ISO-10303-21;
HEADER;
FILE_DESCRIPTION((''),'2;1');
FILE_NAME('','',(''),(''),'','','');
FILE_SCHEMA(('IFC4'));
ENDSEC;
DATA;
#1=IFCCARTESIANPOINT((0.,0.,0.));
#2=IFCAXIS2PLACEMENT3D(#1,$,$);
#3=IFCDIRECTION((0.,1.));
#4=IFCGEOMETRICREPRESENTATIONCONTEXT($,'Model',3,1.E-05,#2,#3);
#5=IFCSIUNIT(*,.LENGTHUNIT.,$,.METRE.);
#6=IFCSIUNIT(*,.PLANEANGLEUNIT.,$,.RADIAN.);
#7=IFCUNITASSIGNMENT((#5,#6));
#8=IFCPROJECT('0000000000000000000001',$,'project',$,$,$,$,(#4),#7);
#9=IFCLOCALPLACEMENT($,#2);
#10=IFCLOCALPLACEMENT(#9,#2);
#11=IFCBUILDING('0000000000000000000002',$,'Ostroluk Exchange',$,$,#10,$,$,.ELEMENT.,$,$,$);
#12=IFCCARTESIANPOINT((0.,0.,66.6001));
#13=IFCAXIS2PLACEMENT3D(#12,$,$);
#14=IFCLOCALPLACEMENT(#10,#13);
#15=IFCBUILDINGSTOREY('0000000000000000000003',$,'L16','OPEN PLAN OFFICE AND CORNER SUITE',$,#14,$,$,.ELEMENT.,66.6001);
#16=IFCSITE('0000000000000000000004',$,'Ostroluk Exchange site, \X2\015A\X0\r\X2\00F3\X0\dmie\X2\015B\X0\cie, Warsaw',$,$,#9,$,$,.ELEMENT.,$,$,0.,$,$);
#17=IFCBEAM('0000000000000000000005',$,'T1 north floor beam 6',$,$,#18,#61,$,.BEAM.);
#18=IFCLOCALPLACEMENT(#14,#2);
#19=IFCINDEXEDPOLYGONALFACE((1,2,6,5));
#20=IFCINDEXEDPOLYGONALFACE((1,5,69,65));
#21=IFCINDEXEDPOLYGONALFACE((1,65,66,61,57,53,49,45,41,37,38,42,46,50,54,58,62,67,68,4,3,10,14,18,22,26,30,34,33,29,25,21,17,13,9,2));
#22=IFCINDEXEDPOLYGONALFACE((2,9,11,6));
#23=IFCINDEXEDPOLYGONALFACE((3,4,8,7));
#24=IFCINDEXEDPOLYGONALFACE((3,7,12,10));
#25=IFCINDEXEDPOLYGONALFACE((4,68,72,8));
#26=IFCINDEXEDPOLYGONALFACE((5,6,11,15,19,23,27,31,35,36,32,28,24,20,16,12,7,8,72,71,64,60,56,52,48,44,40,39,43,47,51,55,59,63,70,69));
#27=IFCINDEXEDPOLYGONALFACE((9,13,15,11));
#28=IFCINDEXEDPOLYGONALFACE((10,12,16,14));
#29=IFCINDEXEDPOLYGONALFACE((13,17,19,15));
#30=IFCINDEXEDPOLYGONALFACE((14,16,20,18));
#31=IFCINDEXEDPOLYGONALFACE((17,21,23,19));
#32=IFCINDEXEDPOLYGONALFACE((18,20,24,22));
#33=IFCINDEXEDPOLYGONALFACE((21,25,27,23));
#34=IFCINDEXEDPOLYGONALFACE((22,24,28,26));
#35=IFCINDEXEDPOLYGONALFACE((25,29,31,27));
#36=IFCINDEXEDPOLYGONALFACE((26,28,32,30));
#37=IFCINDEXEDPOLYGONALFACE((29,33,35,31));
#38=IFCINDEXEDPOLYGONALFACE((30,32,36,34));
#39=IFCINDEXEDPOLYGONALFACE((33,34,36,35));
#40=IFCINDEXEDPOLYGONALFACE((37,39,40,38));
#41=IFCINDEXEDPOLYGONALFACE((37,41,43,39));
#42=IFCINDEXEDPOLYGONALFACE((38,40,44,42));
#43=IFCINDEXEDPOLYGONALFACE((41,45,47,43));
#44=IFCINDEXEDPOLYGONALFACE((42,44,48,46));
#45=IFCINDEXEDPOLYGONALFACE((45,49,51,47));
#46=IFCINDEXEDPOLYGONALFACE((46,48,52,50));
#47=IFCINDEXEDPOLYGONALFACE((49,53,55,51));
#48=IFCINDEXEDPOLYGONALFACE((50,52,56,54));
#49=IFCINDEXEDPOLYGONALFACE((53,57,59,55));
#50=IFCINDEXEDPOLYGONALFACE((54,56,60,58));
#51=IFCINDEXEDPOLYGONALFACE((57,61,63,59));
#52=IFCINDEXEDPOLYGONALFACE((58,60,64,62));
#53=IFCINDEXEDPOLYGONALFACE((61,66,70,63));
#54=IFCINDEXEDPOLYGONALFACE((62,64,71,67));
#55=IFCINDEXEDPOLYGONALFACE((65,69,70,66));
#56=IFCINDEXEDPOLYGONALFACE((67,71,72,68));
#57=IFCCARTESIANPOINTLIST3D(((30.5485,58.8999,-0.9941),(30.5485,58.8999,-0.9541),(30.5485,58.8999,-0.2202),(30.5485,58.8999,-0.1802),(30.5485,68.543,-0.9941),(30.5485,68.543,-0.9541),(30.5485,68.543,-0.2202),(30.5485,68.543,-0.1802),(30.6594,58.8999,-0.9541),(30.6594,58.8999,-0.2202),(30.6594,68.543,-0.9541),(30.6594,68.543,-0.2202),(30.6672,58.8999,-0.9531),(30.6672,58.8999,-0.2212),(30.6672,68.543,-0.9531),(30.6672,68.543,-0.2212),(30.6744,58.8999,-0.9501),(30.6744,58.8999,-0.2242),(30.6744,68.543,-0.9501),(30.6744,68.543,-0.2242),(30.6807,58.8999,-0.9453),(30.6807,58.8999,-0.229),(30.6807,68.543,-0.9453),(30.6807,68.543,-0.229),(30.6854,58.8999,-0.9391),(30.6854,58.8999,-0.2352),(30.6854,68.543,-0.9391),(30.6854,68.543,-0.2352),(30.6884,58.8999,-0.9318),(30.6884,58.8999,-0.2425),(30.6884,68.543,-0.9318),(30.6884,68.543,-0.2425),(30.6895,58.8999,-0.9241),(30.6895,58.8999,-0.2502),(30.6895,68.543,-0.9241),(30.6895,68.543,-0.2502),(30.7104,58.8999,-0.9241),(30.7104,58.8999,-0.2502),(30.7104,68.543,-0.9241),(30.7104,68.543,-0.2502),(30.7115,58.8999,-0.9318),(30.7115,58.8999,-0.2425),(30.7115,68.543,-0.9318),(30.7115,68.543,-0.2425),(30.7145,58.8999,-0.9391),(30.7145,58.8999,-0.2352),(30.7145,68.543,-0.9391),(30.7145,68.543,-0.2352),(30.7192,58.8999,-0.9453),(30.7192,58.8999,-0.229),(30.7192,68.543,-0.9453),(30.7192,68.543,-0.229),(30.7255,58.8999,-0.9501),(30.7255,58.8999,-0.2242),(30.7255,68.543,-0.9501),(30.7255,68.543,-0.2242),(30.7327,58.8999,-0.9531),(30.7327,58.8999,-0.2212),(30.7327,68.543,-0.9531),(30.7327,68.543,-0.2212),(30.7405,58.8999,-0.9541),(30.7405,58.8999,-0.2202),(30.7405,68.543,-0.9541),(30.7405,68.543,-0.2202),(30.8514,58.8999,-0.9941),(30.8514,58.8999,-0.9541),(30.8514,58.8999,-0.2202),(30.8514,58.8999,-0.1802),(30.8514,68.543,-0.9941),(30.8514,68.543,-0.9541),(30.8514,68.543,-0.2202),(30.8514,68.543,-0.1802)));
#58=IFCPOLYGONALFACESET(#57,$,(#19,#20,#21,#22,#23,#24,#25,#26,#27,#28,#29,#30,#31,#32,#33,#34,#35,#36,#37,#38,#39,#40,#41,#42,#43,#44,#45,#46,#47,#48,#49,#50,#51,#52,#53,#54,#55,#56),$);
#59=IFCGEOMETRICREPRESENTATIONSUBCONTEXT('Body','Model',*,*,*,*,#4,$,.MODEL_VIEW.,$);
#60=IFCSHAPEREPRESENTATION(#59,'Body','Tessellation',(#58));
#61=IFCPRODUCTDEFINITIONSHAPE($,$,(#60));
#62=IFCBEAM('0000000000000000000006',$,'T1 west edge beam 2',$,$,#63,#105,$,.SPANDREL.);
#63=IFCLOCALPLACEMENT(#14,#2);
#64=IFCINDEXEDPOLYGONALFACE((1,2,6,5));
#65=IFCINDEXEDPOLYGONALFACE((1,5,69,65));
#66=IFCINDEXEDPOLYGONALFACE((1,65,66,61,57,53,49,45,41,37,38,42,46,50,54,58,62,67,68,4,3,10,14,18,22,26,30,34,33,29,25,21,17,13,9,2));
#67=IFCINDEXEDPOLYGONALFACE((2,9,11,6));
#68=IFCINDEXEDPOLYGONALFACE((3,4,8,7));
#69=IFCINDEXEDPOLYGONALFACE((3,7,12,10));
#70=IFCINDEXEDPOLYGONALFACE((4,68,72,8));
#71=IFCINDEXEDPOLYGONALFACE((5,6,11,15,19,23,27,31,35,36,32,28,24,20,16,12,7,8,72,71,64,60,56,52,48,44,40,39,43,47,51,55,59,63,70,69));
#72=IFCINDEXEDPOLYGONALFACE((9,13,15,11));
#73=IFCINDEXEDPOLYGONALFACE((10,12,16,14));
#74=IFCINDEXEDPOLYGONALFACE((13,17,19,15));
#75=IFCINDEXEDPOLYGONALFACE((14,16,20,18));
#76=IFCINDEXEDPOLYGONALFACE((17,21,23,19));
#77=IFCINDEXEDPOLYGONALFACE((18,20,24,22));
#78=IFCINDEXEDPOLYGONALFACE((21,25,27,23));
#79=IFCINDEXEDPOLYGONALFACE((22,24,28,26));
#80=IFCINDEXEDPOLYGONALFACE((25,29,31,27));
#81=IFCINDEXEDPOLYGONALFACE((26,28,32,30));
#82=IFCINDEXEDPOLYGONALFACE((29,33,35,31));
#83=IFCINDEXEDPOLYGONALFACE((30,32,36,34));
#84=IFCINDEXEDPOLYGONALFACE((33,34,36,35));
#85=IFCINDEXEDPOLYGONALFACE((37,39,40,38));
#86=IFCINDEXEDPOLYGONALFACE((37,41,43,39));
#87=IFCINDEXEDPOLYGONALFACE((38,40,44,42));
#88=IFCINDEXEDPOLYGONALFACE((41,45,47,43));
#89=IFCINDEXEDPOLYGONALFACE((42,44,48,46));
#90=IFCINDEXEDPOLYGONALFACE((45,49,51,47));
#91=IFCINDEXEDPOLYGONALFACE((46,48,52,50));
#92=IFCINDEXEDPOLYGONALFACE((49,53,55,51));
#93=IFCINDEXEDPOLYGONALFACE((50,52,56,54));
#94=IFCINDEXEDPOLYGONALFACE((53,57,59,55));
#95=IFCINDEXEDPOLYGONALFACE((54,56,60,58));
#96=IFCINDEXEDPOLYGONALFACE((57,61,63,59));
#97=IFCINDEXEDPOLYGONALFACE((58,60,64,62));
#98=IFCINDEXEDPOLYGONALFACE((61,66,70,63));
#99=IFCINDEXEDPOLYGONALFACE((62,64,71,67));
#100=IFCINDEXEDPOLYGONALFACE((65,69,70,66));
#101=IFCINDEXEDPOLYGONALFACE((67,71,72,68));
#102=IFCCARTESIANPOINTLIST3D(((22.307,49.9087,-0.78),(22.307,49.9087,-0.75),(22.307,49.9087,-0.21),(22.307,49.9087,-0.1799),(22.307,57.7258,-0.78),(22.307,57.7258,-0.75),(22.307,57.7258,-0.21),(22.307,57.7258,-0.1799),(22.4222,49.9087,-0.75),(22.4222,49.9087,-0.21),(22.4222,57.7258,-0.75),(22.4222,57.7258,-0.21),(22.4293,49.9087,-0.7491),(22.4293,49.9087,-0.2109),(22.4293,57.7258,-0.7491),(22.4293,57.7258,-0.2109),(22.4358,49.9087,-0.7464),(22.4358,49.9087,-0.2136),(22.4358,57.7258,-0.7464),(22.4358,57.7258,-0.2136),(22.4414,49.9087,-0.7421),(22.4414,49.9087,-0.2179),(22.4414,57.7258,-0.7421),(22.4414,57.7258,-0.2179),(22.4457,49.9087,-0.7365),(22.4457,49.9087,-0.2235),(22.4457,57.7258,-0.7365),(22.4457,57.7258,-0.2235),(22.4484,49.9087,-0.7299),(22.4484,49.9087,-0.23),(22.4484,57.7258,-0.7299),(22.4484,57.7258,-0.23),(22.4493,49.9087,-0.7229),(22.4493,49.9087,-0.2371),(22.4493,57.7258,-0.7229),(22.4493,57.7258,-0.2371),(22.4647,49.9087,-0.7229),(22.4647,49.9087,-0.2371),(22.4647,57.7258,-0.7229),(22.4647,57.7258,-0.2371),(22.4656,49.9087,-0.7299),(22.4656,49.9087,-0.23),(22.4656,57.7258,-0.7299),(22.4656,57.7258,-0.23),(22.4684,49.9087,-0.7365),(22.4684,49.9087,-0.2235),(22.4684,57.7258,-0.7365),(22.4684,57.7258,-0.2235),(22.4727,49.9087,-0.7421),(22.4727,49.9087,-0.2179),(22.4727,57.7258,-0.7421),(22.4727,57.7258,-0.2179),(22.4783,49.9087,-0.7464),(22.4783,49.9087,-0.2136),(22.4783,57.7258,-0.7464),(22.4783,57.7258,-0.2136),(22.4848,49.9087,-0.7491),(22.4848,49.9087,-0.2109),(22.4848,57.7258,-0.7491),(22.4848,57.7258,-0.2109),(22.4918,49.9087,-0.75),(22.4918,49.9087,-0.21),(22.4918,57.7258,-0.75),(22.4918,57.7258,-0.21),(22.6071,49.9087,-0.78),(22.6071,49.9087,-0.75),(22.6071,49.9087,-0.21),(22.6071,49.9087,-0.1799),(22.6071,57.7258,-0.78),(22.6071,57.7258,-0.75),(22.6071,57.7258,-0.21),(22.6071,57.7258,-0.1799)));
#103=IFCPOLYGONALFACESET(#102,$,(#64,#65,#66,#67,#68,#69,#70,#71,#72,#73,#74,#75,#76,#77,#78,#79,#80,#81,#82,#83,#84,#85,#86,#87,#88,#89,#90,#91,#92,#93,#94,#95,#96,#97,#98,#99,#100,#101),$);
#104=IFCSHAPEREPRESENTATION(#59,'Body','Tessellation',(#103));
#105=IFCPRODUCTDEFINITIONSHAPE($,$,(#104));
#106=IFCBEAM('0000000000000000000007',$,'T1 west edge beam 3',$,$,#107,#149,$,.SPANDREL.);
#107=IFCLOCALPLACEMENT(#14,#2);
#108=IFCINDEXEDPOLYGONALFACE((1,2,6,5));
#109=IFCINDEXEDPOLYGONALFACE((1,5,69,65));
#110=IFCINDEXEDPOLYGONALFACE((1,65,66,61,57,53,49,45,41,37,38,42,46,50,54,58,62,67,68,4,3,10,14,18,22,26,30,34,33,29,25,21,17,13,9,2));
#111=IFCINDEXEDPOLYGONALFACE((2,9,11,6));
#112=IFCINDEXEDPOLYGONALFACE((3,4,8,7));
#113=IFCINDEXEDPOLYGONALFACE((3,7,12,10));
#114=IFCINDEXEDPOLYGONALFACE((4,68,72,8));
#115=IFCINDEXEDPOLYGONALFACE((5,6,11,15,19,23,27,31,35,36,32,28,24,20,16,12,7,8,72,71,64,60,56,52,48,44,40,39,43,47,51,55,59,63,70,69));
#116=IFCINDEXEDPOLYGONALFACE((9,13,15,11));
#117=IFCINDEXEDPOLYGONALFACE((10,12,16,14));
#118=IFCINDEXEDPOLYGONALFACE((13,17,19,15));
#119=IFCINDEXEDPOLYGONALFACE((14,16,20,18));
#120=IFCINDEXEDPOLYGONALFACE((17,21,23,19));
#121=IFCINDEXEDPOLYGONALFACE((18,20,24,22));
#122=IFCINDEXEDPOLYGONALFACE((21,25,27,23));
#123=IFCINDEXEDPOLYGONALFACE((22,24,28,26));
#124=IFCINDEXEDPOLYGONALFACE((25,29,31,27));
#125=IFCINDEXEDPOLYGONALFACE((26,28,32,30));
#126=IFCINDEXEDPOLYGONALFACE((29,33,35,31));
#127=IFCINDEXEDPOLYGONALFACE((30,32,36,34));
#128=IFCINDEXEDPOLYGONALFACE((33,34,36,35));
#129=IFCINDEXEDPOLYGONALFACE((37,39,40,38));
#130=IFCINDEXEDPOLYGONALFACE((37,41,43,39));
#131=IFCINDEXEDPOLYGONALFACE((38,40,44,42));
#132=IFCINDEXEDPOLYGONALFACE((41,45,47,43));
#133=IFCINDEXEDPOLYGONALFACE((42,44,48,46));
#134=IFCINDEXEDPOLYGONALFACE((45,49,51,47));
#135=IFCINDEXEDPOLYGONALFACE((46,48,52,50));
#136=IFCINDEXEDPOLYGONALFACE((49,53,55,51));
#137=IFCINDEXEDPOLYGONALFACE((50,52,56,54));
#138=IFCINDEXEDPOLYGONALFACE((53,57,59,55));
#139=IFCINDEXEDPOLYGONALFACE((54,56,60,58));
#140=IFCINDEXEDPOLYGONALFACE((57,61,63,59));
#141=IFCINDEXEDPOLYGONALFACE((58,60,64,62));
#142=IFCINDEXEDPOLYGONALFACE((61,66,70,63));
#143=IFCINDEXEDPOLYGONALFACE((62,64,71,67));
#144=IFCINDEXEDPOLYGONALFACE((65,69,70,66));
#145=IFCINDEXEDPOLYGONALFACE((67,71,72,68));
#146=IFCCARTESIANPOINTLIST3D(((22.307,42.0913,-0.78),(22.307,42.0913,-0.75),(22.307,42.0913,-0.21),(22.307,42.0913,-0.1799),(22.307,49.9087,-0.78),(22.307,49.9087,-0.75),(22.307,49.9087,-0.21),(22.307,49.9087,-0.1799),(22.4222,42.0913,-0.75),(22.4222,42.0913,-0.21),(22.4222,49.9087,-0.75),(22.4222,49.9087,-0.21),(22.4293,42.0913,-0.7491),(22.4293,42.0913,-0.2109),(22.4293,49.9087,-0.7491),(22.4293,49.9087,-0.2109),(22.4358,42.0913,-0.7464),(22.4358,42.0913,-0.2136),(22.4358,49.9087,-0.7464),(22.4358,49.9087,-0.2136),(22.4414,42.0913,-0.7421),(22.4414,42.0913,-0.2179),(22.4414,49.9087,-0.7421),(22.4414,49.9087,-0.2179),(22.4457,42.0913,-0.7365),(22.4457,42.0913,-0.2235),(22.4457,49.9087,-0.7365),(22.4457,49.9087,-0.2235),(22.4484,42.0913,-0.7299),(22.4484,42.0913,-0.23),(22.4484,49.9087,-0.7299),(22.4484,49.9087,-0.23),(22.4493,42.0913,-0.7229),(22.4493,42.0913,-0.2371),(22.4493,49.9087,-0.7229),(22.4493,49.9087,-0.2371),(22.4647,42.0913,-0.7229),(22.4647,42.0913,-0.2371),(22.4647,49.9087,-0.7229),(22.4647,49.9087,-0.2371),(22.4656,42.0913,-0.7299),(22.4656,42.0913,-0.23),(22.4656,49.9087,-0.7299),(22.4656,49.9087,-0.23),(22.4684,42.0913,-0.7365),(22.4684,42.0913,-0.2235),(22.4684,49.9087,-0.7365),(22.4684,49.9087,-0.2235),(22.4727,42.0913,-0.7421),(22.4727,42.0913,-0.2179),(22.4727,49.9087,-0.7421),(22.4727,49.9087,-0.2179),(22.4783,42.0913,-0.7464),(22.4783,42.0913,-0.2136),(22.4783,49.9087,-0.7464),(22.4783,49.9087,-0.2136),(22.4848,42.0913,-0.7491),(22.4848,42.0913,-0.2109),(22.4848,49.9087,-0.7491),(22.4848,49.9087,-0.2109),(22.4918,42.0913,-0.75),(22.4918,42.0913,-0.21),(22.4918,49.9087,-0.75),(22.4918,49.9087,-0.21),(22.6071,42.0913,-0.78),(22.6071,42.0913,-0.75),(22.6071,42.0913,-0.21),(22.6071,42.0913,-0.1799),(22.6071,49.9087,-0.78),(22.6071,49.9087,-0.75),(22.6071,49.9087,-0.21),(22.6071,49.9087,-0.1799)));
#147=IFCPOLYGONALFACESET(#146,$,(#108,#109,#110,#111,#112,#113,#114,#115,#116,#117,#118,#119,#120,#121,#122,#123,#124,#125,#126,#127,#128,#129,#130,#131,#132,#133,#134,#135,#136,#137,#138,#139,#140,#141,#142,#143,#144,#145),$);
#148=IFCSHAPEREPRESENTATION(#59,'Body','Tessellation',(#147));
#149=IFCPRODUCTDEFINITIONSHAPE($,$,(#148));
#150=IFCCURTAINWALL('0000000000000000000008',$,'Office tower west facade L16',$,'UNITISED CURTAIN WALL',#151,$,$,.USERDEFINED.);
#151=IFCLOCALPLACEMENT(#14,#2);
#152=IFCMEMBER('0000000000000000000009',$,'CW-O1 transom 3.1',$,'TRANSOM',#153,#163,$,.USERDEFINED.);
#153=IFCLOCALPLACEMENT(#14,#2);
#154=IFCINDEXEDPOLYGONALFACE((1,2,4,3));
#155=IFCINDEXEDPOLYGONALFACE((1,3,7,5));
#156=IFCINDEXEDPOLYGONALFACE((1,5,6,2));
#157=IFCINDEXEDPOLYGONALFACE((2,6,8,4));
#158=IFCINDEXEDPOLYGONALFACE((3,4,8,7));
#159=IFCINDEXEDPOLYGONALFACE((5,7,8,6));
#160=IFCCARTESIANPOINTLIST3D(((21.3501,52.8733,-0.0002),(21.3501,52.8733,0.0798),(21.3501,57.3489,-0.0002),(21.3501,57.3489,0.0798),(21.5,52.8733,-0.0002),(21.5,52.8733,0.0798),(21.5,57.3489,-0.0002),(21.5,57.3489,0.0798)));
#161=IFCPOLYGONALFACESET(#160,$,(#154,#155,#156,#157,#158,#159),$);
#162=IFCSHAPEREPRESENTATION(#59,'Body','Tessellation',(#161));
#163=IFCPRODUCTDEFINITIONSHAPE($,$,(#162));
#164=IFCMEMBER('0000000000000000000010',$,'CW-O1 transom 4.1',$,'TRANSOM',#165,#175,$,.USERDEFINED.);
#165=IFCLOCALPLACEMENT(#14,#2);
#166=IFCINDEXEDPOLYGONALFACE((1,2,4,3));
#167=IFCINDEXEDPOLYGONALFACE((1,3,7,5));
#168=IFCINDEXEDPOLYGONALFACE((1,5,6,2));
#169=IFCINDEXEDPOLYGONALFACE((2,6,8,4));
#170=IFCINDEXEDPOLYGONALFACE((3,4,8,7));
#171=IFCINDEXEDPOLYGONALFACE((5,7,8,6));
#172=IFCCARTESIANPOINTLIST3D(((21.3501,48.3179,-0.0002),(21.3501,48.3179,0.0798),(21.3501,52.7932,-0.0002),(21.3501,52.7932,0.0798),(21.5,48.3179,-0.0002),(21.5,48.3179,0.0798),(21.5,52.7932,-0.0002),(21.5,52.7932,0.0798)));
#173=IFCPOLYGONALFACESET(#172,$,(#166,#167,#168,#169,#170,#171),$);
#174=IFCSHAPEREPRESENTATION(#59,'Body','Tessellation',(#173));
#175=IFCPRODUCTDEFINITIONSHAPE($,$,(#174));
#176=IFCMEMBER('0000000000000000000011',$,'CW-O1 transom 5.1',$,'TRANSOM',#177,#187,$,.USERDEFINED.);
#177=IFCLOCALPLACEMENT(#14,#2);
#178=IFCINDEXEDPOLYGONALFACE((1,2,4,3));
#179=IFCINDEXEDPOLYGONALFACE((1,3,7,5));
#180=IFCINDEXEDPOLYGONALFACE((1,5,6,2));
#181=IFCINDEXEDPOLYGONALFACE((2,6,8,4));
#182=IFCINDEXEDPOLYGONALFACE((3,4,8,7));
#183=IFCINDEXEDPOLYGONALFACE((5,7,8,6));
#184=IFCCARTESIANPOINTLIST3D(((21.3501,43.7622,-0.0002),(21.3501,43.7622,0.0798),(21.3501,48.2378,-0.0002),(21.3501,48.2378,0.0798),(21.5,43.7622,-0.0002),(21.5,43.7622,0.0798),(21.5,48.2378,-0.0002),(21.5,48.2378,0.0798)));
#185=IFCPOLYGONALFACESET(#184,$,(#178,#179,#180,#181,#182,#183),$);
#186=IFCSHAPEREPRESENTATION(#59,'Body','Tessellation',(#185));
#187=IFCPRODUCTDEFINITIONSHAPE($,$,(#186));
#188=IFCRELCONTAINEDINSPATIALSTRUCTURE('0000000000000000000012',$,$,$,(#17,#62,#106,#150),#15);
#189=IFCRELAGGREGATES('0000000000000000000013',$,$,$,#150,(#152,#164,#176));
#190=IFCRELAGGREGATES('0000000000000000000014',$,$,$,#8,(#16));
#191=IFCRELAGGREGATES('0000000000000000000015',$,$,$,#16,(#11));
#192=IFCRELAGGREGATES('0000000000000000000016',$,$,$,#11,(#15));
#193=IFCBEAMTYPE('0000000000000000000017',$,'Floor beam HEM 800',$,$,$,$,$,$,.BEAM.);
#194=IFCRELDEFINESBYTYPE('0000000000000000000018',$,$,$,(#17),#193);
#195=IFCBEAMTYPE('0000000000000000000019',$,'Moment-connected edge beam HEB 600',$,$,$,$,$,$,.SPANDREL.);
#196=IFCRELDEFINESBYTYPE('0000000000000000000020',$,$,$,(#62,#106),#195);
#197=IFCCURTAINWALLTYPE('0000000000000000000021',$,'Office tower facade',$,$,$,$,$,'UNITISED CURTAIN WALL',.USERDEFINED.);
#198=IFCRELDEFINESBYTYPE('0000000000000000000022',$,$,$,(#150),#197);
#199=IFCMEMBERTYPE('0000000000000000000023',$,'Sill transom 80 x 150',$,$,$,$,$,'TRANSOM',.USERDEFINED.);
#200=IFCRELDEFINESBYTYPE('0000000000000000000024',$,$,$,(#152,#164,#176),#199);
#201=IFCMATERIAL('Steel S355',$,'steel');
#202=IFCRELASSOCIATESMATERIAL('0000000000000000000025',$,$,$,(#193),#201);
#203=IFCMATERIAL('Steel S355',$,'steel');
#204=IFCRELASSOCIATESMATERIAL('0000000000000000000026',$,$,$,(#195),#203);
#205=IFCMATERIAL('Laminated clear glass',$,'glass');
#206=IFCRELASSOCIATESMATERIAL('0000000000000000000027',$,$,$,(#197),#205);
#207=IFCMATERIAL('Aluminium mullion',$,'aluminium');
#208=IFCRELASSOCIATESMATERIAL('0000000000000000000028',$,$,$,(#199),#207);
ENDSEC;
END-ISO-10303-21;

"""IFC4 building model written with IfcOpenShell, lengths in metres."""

from ifc_helpers import new_model, si_unit, direction, frame, origin, origin_2d, place, context, subcontext, project, spatial, rectangle, i_section, extrude, material, material_profile, profile_set, type_object, element, aggregate, save


model = new_model("IFC4")

# Units and contexts
model_context = context("Model", 3, precision=1e-05, world=origin(), true_north=direction((0.0, 1.0)))
body_context = subcontext(model_context, "Body", "Model", "MODEL_VIEW")
ifc_project = project(units=[si_unit("LENGTHUNIT", "METRE"), si_unit("PLANEANGLEUNIT", "RADIAN")], contexts=[model_context])

# Site, building, storey
site_placement = place(None, origin())
site = spatial("IfcSite", under=ifc_project, at=site_placement, Name="Ostroluk Exchange site, Śródmieście, Warsaw", CompositionType="ELEMENT", RefElevation=0.0)
building_placement = place(site_placement, origin())
building = spatial("IfcBuilding", under=site, at=building_placement, Name="Ostroluk Exchange", CompositionType="ELEMENT")
storey_placement = place(building_placement, frame((0.0, 0.0, 66.6001)))
storey = spatial("IfcBuildingStorey", under=building, at=storey_placement, Name="L16", Description="OPEN PLAN OFFICE AND CORNER SUITE", CompositionType="ELEMENT", Elevation=66.6001)

# Beams
ifc_material_1 = material(Name="Steel S355", Category="steel")
ifc_material_profile_1 = material_profile(ifc_material_1, i_section(OverallWidth=0.303, OverallDepth=0.814, WebThickness=0.021, FlangeThickness=0.04, FilletRadius=0.03, at=origin_2d()), Name="HEM 800")
ifc_profile_set_1 = profile_set([ifc_material_profile_1], Name="Steel S355")
beam_type_1 = type_object("IfcBeamType", Name="Floor beam HEM 800", PredefinedType="BEAM", material=ifc_profile_set_1)
beam_1_placement = place(storey_placement, frame((30.7, 58.8999, -0.5872), z_axis=(0.0, 1.0, 0.0), x_axis=(-1.0, 0.0, 0.0)))
element("IfcBeam", 1, at=beam_1_placement, inside=storey, type_object=beam_type_1, Name="T1 north floor beam 6", PredefinedType="BEAM", context=body_context, shape_type="SweptSolid", body=[
    extrude(i_section(OverallWidth=0.303, OverallDepth=0.814, WebThickness=0.021, FlangeThickness=0.04, FilletRadius=0.03, at=origin_2d()), origin(), (0.0, 0.0, 1.0), 9.6431),
])
ifc_material_2 = material(Name="Steel S355", Category="steel")
ifc_material_profile_2 = material_profile(ifc_material_2, i_section(OverallWidth=0.3, OverallDepth=0.6001, WebThickness=0.0154, FlangeThickness=0.03, FilletRadius=0.0271, at=origin_2d()), Name="HEB 600")
ifc_profile_set_2 = profile_set([ifc_material_profile_2], Name="Steel S355")
beam_type_2 = type_object("IfcBeamType", Name="Moment-connected edge beam HEB 600", PredefinedType="SPANDREL", material=ifc_profile_set_2)
beam_2_placement = place(storey_placement, frame((22.457, 57.7258, -0.48), z_axis=(0.0, -1.0, 0.0), x_axis=(1.0, 0.0, 0.0)))
element("IfcBeam", 2, at=beam_2_placement, inside=storey, type_object=beam_type_2, Name="T1 west edge beam 2", PredefinedType="SPANDREL", context=body_context, shape_type="SweptSolid", body=[
    extrude(i_section(OverallWidth=0.3, OverallDepth=0.6001, WebThickness=0.0154, FlangeThickness=0.03, FilletRadius=0.0271, at=origin_2d()), origin(), (0.0, 0.0, 1.0), 7.8171),
])
beam_3_placement = place(storey_placement, frame((22.457, 49.9087, -0.48), z_axis=(0.0, -1.0, 0.0), x_axis=(1.0, 0.0, 0.0)))
element("IfcBeam", 3, at=beam_3_placement, inside=storey, type_object=beam_type_2, Name="T1 west edge beam 3", PredefinedType="SPANDREL", context=body_context, shape_type="SweptSolid", body=[
    extrude(i_section(OverallWidth=0.3, OverallDepth=0.6001, WebThickness=0.0154, FlangeThickness=0.03, FilletRadius=0.0271, at=origin_2d()), origin(), (0.0, 0.0, 1.0), 7.8174),
])

# Curtain wall, members
ifc_material_3 = material(Name="Laminated clear glass", Category="glass")
curtain_wall_type = type_object("IfcCurtainWallType", Name="Office tower facade", ElementType="UNITISED CURTAIN WALL", PredefinedType="USERDEFINED", material=ifc_material_3)
curtain_wall_placement = place(storey_placement, origin())
curtain_wall = element("IfcCurtainWall", 4, at=curtain_wall_placement, inside=storey, type_object=curtain_wall_type, Name="Office tower west facade L16", ObjectType="UNITISED CURTAIN WALL", PredefinedType="USERDEFINED")
ifc_material_4 = material(Name="Aluminium mullion", Category="aluminium")
ifc_material_profile_3 = material_profile(ifc_material_4, rectangle(XDim=0.1499, YDim=0.0801, at=origin_2d()), Name="Sill transom 80 x 150")
ifc_profile_set_3 = profile_set([ifc_material_profile_3], Name="Aluminium mullion")
member_type_1 = type_object("IfcMemberType", Name="Sill transom 80 x 150", ElementType="TRANSOM", PredefinedType="USERDEFINED", material=ifc_profile_set_3)
member_1_placement = place(storey_placement, frame((21.425, 57.3489, 0.0398), z_axis=(0.0, -1.0, 0.0), x_axis=(1.0, 0.0, 0.0)))
member_1 = element("IfcMember", 5, at=member_1_placement, type_object=member_type_1, Name="CW-O1 transom 3.1", ObjectType="TRANSOM", PredefinedType="USERDEFINED", context=body_context, shape_type="SweptSolid", body=[
    extrude(rectangle(XDim=0.1499, YDim=0.0801, at=origin_2d()), origin(), (0.0, 0.0, 1.0), 4.4756),
])
member_2_placement = place(storey_placement, frame((21.425, 52.7932, 0.0398), z_axis=(0.0, -1.0, 0.0), x_axis=(1.0, 0.0, 0.0)))
member_2 = element("IfcMember", 6, at=member_2_placement, type_object=member_type_1, Name="CW-O1 transom 4.1", ObjectType="TRANSOM", PredefinedType="USERDEFINED", context=body_context, shape_type="SweptSolid", body=[
    extrude(rectangle(XDim=0.1499, YDim=0.0801, at=origin_2d()), origin(), (0.0, 0.0, 1.0), 4.4753),
])
member_3_placement = place(storey_placement, frame((21.425, 48.2378, 0.0398), z_axis=(0.0, -1.0, 0.0), x_axis=(1.0, 0.0, 0.0)))
member_3 = element("IfcMember", 7, at=member_3_placement, type_object=member_type_1, Name="CW-O1 transom 5.1", ObjectType="TRANSOM", PredefinedType="USERDEFINED", context=body_context, shape_type="SweptSolid", body=[
    extrude(rectangle(XDim=0.1499, YDim=0.0801, at=origin_2d()), origin(), (0.0, 0.0, 1.0), 4.4756),
])
aggregate(curtain_wall, [member_1, member_2, member_3])

save(model, "model.ifc")
